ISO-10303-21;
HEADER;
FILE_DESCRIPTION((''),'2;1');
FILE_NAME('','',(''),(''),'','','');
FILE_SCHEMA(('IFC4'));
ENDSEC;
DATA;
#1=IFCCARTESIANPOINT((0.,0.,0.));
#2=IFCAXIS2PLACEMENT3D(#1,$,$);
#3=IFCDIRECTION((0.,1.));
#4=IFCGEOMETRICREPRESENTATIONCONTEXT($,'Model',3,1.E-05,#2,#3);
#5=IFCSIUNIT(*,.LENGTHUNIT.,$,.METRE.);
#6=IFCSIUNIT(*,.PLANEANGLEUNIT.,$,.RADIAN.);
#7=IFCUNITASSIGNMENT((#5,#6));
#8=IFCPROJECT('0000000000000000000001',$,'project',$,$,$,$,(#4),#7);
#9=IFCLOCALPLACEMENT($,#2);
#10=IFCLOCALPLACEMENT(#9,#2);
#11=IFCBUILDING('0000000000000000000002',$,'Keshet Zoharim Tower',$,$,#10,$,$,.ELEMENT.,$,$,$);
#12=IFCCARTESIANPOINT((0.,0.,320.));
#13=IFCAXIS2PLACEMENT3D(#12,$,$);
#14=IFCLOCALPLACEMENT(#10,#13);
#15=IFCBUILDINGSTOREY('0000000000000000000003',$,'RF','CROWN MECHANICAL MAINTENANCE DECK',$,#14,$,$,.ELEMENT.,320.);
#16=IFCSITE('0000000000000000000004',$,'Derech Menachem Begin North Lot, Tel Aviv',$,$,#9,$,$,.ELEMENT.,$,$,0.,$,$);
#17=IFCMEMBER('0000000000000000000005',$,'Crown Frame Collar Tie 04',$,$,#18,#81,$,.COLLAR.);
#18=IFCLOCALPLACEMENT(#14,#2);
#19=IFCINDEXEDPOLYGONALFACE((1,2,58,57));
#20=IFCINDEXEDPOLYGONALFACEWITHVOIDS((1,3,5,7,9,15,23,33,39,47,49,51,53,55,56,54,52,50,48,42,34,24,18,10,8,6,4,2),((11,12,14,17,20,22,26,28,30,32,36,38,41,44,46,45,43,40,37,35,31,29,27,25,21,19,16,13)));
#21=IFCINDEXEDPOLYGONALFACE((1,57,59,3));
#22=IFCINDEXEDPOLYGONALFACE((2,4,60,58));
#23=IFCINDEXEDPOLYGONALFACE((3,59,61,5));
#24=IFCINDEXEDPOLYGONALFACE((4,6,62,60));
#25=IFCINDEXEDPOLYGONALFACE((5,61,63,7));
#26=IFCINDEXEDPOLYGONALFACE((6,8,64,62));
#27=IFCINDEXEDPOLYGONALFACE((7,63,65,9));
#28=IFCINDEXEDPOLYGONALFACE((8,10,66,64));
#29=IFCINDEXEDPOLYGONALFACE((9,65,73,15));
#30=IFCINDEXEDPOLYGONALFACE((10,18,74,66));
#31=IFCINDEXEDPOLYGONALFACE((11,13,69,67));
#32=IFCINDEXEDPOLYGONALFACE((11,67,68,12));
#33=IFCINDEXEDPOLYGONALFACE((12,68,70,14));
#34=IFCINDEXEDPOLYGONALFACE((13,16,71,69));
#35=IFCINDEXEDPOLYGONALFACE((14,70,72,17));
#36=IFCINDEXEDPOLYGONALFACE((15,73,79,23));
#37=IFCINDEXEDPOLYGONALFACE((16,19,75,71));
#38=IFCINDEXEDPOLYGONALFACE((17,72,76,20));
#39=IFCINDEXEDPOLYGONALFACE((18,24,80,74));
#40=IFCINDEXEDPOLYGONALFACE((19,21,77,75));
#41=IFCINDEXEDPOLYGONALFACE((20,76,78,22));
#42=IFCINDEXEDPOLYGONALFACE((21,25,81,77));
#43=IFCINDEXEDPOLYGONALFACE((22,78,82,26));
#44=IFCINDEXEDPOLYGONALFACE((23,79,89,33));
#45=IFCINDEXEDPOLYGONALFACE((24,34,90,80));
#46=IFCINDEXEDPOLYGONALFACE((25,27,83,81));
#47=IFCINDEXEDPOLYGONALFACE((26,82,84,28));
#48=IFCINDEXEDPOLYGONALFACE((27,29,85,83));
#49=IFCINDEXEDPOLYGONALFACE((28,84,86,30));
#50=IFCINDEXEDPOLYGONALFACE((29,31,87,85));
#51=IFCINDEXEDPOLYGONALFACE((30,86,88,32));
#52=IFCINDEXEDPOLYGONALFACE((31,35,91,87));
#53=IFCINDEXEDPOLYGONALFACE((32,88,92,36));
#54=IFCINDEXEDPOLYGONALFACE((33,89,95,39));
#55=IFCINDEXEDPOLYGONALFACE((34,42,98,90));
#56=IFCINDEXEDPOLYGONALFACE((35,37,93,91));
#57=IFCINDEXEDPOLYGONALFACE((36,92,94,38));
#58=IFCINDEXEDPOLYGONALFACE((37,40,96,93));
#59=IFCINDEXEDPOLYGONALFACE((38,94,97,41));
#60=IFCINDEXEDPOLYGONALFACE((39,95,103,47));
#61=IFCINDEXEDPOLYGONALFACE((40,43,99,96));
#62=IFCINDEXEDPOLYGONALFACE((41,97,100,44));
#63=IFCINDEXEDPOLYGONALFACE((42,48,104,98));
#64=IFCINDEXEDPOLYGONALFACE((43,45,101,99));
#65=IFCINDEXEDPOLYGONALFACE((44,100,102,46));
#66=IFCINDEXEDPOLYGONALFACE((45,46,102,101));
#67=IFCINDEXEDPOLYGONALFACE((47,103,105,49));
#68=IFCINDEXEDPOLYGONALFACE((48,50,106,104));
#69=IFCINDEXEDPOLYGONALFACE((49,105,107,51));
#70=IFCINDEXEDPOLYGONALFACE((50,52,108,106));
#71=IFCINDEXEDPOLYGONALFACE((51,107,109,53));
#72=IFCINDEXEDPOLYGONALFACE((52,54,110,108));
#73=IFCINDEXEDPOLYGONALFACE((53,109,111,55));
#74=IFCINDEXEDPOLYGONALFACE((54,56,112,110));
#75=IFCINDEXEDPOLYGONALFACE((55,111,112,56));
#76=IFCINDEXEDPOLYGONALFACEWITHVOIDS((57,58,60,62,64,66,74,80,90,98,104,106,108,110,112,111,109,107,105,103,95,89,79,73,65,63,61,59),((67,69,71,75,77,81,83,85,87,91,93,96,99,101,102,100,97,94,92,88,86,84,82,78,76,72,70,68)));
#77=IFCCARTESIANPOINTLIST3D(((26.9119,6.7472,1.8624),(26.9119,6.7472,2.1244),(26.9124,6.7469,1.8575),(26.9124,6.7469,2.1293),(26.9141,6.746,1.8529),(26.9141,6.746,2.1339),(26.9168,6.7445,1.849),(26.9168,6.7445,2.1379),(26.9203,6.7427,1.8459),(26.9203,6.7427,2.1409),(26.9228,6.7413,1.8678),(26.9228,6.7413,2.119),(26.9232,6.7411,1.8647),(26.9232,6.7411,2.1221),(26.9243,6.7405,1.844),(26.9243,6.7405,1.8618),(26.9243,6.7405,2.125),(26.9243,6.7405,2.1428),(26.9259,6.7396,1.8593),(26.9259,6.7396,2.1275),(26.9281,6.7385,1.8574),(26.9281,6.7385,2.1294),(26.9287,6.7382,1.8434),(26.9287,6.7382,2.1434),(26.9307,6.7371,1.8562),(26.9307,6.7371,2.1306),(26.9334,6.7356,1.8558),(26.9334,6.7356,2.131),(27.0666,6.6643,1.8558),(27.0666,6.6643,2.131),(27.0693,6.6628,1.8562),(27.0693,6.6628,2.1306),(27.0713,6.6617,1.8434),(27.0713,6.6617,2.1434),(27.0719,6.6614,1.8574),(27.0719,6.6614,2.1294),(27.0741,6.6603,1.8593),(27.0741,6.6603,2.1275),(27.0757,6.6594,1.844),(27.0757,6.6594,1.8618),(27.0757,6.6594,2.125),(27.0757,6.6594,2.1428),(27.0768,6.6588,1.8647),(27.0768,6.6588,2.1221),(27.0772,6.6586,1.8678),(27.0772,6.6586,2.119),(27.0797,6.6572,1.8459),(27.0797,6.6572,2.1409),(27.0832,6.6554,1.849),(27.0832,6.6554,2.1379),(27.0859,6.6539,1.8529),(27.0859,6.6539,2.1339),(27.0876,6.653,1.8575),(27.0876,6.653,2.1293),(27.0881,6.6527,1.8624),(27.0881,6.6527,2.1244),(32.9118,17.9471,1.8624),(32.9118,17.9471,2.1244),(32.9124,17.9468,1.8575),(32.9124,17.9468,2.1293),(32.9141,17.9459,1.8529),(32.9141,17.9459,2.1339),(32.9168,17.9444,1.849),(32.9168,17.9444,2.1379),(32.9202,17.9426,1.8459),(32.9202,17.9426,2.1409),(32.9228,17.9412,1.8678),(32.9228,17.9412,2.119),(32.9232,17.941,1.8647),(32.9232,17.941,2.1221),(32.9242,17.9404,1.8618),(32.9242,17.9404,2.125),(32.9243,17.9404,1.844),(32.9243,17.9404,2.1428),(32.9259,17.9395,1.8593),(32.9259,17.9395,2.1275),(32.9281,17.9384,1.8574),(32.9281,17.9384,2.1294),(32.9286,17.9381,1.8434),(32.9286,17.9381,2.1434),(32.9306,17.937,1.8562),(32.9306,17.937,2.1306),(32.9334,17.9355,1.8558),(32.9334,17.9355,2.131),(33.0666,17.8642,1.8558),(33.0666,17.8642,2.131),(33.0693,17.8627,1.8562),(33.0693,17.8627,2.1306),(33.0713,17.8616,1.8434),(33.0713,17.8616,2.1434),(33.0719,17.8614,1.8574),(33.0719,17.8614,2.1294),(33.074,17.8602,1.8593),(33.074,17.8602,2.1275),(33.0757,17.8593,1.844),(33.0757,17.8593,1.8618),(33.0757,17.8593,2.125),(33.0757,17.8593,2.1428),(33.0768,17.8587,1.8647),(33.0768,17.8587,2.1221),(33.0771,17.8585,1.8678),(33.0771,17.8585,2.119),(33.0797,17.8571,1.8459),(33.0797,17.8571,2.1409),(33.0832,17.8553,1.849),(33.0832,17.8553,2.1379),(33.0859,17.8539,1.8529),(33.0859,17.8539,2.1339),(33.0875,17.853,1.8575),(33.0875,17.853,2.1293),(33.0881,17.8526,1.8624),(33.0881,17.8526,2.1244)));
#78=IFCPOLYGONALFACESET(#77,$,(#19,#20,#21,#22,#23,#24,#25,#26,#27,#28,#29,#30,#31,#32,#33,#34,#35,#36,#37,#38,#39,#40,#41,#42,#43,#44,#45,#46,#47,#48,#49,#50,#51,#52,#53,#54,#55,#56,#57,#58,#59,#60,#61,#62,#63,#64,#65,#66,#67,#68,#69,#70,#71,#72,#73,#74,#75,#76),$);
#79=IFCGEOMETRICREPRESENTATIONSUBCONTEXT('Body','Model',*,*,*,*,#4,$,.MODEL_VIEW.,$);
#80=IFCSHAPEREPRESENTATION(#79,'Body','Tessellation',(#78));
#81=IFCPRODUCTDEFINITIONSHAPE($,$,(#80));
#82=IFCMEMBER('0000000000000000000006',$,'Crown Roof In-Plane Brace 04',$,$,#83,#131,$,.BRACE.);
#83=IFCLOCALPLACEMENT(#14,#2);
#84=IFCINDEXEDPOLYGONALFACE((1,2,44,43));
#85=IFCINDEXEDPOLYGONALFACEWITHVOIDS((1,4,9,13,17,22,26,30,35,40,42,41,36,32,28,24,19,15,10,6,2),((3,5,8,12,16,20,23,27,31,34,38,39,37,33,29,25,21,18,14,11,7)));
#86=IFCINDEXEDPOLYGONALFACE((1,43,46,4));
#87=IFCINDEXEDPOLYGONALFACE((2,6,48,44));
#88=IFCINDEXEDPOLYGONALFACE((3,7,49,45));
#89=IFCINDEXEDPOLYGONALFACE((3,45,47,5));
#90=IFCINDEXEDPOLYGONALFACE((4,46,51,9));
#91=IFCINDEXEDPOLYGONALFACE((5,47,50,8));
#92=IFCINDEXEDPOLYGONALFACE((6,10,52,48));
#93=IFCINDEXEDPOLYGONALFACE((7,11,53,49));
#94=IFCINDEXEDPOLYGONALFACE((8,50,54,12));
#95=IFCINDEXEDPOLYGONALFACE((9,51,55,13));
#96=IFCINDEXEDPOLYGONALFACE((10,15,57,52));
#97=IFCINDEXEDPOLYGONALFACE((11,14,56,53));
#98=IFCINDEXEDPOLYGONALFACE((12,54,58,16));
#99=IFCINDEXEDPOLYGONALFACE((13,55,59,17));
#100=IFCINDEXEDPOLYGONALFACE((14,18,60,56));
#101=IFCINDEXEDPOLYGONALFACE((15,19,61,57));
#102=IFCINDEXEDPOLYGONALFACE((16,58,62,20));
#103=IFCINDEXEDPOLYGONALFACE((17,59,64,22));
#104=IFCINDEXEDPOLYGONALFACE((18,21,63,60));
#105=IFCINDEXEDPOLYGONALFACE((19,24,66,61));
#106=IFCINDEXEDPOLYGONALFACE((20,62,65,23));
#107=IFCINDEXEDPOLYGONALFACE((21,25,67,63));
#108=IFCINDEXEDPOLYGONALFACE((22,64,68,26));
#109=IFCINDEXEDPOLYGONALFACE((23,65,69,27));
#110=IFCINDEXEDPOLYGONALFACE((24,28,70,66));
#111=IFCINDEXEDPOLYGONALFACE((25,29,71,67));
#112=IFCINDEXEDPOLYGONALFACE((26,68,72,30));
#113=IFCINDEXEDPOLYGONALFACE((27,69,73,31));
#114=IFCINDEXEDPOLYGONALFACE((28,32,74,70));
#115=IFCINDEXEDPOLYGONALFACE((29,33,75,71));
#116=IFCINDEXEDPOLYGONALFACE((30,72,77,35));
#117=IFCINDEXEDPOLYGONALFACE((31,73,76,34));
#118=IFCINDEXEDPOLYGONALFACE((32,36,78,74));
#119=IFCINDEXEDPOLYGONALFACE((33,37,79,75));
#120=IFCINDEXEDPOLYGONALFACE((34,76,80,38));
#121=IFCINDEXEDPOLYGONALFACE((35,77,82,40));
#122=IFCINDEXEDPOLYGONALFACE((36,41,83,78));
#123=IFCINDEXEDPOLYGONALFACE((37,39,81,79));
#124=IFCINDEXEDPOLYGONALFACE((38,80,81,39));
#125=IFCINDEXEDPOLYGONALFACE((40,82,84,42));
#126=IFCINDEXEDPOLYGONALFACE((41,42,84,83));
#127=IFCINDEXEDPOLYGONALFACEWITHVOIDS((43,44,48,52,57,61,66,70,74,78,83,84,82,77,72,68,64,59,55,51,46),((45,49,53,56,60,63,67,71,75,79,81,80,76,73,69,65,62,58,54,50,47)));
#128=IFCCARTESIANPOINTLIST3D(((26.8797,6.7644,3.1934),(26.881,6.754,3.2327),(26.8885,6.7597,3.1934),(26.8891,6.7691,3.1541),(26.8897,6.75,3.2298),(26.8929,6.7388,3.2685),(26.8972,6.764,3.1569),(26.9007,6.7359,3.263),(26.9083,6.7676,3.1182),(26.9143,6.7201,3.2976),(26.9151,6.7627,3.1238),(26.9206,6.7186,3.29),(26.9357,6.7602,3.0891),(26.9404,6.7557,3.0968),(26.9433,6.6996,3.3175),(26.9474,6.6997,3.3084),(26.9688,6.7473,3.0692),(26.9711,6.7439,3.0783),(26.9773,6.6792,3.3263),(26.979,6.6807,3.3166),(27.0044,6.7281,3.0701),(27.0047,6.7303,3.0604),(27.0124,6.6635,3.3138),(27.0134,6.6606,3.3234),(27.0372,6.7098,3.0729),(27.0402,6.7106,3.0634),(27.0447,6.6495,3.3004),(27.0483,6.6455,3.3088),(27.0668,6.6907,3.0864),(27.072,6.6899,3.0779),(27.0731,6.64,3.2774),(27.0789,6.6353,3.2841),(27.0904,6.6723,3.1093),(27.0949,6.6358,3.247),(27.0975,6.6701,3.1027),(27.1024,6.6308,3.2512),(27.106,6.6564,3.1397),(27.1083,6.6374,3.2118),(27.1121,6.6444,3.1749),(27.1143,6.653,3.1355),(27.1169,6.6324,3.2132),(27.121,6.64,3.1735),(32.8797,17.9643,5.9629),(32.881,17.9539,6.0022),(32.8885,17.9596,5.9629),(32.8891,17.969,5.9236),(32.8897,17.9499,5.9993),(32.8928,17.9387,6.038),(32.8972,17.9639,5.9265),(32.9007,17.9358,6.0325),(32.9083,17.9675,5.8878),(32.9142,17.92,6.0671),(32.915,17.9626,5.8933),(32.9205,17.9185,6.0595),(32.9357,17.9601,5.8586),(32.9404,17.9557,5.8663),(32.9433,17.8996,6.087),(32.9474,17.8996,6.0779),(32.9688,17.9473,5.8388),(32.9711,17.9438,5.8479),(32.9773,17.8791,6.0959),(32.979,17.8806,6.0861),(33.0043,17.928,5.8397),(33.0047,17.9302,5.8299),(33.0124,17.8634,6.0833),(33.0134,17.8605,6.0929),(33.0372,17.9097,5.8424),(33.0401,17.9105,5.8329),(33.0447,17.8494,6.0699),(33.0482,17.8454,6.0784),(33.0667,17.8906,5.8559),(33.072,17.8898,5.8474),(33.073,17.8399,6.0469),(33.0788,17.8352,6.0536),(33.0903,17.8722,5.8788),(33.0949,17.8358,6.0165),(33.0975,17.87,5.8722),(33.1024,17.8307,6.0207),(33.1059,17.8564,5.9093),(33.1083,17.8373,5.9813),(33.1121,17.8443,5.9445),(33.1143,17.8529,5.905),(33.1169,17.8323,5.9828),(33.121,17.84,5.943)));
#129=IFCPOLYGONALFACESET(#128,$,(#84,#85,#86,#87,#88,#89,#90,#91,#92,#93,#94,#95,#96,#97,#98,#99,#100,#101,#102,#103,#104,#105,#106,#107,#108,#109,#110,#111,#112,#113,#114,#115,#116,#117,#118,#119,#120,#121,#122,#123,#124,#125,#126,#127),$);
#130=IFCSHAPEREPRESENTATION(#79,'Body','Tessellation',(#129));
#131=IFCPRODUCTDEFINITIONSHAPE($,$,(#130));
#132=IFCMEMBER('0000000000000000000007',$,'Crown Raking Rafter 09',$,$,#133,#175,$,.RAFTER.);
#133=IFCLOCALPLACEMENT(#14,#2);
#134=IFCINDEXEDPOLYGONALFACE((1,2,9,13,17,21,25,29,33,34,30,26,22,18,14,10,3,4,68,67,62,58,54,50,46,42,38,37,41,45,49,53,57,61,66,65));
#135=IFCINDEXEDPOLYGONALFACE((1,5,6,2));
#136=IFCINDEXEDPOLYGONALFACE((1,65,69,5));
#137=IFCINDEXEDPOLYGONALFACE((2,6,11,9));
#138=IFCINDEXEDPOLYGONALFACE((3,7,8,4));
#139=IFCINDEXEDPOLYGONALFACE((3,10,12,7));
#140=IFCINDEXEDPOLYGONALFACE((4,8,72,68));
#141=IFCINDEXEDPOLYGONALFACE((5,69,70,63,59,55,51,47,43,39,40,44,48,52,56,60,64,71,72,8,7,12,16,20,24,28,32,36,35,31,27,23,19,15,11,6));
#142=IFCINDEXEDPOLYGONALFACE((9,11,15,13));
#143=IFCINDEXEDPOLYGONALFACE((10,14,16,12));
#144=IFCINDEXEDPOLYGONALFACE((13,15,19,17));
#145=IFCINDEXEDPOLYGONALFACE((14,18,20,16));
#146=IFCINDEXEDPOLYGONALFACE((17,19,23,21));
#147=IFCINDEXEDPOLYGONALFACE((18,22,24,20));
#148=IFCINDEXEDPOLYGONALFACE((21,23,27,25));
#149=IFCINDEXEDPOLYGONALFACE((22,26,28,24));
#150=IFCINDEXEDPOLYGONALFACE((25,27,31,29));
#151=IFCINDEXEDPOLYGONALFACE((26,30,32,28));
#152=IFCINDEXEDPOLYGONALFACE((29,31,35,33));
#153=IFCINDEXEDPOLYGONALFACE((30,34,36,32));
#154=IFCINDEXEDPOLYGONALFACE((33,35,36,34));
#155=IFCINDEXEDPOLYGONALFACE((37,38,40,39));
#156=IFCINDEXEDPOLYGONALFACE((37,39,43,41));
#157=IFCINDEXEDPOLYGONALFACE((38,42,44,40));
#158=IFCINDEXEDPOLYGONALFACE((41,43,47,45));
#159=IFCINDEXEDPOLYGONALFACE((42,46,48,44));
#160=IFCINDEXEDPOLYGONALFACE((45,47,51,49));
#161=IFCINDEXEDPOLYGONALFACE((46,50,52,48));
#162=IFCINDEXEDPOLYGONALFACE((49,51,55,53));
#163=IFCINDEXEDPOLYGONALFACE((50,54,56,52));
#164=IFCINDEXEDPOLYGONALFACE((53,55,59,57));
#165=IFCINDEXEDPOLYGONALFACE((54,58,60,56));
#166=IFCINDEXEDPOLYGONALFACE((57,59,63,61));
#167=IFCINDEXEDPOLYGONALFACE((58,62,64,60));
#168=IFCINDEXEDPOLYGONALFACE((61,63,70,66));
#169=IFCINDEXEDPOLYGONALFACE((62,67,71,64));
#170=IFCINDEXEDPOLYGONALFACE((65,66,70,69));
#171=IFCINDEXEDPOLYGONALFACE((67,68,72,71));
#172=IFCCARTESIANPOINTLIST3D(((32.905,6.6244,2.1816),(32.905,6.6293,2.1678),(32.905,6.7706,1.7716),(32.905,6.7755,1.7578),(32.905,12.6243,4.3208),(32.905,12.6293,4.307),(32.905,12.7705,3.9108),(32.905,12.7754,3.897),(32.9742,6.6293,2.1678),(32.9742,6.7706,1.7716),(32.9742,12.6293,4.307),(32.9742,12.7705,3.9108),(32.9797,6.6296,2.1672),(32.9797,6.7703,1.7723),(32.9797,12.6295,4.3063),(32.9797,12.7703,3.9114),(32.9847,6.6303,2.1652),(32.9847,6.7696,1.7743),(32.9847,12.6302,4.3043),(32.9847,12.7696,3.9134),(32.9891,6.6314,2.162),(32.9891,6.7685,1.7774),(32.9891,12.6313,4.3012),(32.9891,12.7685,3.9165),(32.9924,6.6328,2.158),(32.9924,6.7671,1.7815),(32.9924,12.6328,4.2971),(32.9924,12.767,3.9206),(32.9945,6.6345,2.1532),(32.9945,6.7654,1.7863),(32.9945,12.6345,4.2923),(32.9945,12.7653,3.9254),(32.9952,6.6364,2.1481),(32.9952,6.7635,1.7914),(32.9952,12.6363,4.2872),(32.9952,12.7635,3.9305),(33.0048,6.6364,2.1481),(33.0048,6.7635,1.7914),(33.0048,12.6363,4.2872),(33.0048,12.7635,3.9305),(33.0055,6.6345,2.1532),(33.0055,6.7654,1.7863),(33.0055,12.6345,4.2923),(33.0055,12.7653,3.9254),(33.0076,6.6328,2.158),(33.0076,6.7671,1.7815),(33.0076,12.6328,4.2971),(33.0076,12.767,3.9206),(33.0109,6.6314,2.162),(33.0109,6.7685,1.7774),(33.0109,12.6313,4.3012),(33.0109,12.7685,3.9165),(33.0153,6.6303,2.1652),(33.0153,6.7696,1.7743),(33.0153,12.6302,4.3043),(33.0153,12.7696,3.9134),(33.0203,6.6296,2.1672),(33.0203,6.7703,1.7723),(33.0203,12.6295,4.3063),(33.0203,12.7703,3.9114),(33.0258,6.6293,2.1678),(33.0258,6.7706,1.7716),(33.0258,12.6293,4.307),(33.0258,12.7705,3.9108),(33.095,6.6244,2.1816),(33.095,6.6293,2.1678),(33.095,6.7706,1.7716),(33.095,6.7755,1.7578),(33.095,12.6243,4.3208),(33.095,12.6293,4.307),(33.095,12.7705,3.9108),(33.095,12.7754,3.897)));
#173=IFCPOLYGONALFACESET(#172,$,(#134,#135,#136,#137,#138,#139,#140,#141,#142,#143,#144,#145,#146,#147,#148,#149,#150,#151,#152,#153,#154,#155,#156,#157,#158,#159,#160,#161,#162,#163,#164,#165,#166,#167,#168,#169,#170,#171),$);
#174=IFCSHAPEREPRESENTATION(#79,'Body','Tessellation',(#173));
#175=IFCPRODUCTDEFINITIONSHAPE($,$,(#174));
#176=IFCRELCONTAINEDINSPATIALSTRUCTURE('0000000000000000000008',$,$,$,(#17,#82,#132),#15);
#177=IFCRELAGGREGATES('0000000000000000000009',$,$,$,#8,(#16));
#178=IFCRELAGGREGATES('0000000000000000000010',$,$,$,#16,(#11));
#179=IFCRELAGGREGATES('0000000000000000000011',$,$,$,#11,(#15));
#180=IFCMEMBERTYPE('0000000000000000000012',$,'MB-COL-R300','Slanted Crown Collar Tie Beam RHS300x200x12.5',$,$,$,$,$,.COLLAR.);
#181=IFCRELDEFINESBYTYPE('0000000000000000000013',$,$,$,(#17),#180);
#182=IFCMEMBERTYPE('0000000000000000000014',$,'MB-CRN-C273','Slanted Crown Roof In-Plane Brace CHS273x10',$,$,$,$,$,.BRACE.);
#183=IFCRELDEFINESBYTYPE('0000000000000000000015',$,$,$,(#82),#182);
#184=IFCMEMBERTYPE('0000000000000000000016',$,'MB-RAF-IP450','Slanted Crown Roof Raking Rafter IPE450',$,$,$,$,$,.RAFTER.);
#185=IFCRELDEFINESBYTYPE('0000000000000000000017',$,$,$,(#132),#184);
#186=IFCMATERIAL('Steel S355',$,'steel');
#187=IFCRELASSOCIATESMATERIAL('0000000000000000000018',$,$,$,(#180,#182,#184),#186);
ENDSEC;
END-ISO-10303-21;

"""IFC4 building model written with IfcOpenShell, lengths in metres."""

from ifc_helpers import new_model, si_unit, direction, frame, origin, origin_2d, place, context, subcontext, project, spatial, hollow_rectangle, hollow_circle, i_section, extrude, material, material_profile, profile_set, type_object, element, save


model = new_model("IFC4")

# Units and contexts
model_context = context("Model", 3, precision=1e-05, world=origin(), true_north=direction((0.0, 1.0)))
body_context = subcontext(model_context, "Body", "Model", "MODEL_VIEW")
ifc_project = project(units=[si_unit("LENGTHUNIT", "METRE"), si_unit("PLANEANGLEUNIT", "RADIAN")], contexts=[model_context])

# Site, building, storey
site_placement = place(None, origin())
site = spatial("IfcSite", under=ifc_project, at=site_placement, Name="Derech Menachem Begin North Lot, Tel Aviv", CompositionType="ELEMENT", RefElevation=0.0)
building_placement = place(site_placement, origin())
building = spatial("IfcBuilding", under=site, at=building_placement, Name="Keshet Zoharim Tower", CompositionType="ELEMENT")
storey_placement = place(building_placement, frame((0.0, 0.0, 320.0)))
storey = spatial("IfcBuildingStorey", under=building, at=storey_placement, Name="RF", Description="CROWN MECHANICAL MAINTENANCE DECK", CompositionType="ELEMENT", Elevation=320.0)

# Shared definitions
ifc_material_1 = material(Name="Steel S355", Category="steel")

# Members
ifc_material_profile_1 = material_profile(ifc_material_1, hollow_rectangle(XDim=0.2, YDim=0.3, WallThickness=0.0125, InnerFilletRadius=0.012, OuterFilletRadius=0.019, at=origin_2d()), Name="RHS300x200x12.5")
ifc_profile_set_1 = profile_set([ifc_material_profile_1], Name="Steel S355")
member_type_1 = type_object("IfcMemberType", Name="MB-COL-R300", Description="Slanted Crown Collar Tie Beam RHS300x200x12.5", PredefinedType="COLLAR", material=ifc_profile_set_1)
member_1_placement = place(storey_placement, frame((27.0, 6.7, 1.9934), z_axis=(0.472223, 0.881479, 0.0), x_axis=(-0.881479, 0.472223, 0.0)))
element("IfcMember", 1, at=member_1_placement, inside=storey, type_object=member_type_1, Name="Crown Frame Collar Tie 04", PredefinedType="COLLAR", context=body_context, shape_type="SweptSolid", body=[
    extrude(hollow_rectangle(XDim=0.2, YDim=0.3, WallThickness=0.0125, InnerFilletRadius=0.012, OuterFilletRadius=0.019, at=origin_2d()), origin(), (0.0, 0.0, 1.0), 12.7058),
])
ifc_material_profile_2 = material_profile(ifc_material_1, hollow_circle(Radius=0.1365, WallThickness=0.01, at=origin_2d()), Name="CHS273x10")
ifc_profile_set_2 = profile_set([ifc_material_profile_2], Name="Steel S355")
member_type_2 = type_object("IfcMemberType", Name="MB-CRN-C273", Description="Slanted Crown Roof In-Plane Brace CHS273x10", PredefinedType="BRACE", material=ifc_profile_set_2)
member_2_placement = place(storey_placement, frame((27.0, 6.7, 3.1934), z_axis=(0.461389, 0.861256, 0.212972), x_axis=(-0.881479, 0.472223, 0.0)))
element("IfcMember", 2, at=member_2_placement, inside=storey, type_object=member_type_2, Name="Crown Roof In-Plane Brace 04", PredefinedType="BRACE", context=body_context, shape_type="SweptSolid", body=[
    extrude(hollow_circle(Radius=0.1365, WallThickness=0.01, at=origin_2d()), origin(), (0.0, 0.0, 1.0), 13.0042),
])
ifc_material_profile_3 = material_profile(ifc_material_1, i_section(OverallWidth=0.1899, OverallDepth=0.45, WebThickness=0.0095, FlangeThickness=0.0146, FilletRadius=0.021, at=origin_2d()), Name="IPE450")
ifc_profile_set_3 = profile_set([ifc_material_profile_3], Name="Steel S355")
member_type_3 = type_object("IfcMemberType", Name="MB-RAF-IP450", Description="Slanted Crown Roof Raking Rafter IPE450", PredefinedType="RAFTER", material=ifc_profile_set_3)
member_3_placement = place(storey_placement, frame((33.0, 6.7, 1.9697), z_axis=(0.0, 0.941926, 0.335822), x_axis=(-1.0, 0.0, 0.0)))
element("IfcMember", 3, at=member_3_placement, inside=storey, type_object=member_type_3, Name="Crown Raking Rafter 09", PredefinedType="RAFTER", context=body_context, shape_type="SweptSolid", body=[
    extrude(i_section(OverallWidth=0.1899, OverallDepth=0.45, WebThickness=0.0095, FlangeThickness=0.0146, FilletRadius=0.021, at=origin_2d()), origin(), (0.0, 0.0, 1.0), 6.3699),
])

save(model, "model.ifc")
